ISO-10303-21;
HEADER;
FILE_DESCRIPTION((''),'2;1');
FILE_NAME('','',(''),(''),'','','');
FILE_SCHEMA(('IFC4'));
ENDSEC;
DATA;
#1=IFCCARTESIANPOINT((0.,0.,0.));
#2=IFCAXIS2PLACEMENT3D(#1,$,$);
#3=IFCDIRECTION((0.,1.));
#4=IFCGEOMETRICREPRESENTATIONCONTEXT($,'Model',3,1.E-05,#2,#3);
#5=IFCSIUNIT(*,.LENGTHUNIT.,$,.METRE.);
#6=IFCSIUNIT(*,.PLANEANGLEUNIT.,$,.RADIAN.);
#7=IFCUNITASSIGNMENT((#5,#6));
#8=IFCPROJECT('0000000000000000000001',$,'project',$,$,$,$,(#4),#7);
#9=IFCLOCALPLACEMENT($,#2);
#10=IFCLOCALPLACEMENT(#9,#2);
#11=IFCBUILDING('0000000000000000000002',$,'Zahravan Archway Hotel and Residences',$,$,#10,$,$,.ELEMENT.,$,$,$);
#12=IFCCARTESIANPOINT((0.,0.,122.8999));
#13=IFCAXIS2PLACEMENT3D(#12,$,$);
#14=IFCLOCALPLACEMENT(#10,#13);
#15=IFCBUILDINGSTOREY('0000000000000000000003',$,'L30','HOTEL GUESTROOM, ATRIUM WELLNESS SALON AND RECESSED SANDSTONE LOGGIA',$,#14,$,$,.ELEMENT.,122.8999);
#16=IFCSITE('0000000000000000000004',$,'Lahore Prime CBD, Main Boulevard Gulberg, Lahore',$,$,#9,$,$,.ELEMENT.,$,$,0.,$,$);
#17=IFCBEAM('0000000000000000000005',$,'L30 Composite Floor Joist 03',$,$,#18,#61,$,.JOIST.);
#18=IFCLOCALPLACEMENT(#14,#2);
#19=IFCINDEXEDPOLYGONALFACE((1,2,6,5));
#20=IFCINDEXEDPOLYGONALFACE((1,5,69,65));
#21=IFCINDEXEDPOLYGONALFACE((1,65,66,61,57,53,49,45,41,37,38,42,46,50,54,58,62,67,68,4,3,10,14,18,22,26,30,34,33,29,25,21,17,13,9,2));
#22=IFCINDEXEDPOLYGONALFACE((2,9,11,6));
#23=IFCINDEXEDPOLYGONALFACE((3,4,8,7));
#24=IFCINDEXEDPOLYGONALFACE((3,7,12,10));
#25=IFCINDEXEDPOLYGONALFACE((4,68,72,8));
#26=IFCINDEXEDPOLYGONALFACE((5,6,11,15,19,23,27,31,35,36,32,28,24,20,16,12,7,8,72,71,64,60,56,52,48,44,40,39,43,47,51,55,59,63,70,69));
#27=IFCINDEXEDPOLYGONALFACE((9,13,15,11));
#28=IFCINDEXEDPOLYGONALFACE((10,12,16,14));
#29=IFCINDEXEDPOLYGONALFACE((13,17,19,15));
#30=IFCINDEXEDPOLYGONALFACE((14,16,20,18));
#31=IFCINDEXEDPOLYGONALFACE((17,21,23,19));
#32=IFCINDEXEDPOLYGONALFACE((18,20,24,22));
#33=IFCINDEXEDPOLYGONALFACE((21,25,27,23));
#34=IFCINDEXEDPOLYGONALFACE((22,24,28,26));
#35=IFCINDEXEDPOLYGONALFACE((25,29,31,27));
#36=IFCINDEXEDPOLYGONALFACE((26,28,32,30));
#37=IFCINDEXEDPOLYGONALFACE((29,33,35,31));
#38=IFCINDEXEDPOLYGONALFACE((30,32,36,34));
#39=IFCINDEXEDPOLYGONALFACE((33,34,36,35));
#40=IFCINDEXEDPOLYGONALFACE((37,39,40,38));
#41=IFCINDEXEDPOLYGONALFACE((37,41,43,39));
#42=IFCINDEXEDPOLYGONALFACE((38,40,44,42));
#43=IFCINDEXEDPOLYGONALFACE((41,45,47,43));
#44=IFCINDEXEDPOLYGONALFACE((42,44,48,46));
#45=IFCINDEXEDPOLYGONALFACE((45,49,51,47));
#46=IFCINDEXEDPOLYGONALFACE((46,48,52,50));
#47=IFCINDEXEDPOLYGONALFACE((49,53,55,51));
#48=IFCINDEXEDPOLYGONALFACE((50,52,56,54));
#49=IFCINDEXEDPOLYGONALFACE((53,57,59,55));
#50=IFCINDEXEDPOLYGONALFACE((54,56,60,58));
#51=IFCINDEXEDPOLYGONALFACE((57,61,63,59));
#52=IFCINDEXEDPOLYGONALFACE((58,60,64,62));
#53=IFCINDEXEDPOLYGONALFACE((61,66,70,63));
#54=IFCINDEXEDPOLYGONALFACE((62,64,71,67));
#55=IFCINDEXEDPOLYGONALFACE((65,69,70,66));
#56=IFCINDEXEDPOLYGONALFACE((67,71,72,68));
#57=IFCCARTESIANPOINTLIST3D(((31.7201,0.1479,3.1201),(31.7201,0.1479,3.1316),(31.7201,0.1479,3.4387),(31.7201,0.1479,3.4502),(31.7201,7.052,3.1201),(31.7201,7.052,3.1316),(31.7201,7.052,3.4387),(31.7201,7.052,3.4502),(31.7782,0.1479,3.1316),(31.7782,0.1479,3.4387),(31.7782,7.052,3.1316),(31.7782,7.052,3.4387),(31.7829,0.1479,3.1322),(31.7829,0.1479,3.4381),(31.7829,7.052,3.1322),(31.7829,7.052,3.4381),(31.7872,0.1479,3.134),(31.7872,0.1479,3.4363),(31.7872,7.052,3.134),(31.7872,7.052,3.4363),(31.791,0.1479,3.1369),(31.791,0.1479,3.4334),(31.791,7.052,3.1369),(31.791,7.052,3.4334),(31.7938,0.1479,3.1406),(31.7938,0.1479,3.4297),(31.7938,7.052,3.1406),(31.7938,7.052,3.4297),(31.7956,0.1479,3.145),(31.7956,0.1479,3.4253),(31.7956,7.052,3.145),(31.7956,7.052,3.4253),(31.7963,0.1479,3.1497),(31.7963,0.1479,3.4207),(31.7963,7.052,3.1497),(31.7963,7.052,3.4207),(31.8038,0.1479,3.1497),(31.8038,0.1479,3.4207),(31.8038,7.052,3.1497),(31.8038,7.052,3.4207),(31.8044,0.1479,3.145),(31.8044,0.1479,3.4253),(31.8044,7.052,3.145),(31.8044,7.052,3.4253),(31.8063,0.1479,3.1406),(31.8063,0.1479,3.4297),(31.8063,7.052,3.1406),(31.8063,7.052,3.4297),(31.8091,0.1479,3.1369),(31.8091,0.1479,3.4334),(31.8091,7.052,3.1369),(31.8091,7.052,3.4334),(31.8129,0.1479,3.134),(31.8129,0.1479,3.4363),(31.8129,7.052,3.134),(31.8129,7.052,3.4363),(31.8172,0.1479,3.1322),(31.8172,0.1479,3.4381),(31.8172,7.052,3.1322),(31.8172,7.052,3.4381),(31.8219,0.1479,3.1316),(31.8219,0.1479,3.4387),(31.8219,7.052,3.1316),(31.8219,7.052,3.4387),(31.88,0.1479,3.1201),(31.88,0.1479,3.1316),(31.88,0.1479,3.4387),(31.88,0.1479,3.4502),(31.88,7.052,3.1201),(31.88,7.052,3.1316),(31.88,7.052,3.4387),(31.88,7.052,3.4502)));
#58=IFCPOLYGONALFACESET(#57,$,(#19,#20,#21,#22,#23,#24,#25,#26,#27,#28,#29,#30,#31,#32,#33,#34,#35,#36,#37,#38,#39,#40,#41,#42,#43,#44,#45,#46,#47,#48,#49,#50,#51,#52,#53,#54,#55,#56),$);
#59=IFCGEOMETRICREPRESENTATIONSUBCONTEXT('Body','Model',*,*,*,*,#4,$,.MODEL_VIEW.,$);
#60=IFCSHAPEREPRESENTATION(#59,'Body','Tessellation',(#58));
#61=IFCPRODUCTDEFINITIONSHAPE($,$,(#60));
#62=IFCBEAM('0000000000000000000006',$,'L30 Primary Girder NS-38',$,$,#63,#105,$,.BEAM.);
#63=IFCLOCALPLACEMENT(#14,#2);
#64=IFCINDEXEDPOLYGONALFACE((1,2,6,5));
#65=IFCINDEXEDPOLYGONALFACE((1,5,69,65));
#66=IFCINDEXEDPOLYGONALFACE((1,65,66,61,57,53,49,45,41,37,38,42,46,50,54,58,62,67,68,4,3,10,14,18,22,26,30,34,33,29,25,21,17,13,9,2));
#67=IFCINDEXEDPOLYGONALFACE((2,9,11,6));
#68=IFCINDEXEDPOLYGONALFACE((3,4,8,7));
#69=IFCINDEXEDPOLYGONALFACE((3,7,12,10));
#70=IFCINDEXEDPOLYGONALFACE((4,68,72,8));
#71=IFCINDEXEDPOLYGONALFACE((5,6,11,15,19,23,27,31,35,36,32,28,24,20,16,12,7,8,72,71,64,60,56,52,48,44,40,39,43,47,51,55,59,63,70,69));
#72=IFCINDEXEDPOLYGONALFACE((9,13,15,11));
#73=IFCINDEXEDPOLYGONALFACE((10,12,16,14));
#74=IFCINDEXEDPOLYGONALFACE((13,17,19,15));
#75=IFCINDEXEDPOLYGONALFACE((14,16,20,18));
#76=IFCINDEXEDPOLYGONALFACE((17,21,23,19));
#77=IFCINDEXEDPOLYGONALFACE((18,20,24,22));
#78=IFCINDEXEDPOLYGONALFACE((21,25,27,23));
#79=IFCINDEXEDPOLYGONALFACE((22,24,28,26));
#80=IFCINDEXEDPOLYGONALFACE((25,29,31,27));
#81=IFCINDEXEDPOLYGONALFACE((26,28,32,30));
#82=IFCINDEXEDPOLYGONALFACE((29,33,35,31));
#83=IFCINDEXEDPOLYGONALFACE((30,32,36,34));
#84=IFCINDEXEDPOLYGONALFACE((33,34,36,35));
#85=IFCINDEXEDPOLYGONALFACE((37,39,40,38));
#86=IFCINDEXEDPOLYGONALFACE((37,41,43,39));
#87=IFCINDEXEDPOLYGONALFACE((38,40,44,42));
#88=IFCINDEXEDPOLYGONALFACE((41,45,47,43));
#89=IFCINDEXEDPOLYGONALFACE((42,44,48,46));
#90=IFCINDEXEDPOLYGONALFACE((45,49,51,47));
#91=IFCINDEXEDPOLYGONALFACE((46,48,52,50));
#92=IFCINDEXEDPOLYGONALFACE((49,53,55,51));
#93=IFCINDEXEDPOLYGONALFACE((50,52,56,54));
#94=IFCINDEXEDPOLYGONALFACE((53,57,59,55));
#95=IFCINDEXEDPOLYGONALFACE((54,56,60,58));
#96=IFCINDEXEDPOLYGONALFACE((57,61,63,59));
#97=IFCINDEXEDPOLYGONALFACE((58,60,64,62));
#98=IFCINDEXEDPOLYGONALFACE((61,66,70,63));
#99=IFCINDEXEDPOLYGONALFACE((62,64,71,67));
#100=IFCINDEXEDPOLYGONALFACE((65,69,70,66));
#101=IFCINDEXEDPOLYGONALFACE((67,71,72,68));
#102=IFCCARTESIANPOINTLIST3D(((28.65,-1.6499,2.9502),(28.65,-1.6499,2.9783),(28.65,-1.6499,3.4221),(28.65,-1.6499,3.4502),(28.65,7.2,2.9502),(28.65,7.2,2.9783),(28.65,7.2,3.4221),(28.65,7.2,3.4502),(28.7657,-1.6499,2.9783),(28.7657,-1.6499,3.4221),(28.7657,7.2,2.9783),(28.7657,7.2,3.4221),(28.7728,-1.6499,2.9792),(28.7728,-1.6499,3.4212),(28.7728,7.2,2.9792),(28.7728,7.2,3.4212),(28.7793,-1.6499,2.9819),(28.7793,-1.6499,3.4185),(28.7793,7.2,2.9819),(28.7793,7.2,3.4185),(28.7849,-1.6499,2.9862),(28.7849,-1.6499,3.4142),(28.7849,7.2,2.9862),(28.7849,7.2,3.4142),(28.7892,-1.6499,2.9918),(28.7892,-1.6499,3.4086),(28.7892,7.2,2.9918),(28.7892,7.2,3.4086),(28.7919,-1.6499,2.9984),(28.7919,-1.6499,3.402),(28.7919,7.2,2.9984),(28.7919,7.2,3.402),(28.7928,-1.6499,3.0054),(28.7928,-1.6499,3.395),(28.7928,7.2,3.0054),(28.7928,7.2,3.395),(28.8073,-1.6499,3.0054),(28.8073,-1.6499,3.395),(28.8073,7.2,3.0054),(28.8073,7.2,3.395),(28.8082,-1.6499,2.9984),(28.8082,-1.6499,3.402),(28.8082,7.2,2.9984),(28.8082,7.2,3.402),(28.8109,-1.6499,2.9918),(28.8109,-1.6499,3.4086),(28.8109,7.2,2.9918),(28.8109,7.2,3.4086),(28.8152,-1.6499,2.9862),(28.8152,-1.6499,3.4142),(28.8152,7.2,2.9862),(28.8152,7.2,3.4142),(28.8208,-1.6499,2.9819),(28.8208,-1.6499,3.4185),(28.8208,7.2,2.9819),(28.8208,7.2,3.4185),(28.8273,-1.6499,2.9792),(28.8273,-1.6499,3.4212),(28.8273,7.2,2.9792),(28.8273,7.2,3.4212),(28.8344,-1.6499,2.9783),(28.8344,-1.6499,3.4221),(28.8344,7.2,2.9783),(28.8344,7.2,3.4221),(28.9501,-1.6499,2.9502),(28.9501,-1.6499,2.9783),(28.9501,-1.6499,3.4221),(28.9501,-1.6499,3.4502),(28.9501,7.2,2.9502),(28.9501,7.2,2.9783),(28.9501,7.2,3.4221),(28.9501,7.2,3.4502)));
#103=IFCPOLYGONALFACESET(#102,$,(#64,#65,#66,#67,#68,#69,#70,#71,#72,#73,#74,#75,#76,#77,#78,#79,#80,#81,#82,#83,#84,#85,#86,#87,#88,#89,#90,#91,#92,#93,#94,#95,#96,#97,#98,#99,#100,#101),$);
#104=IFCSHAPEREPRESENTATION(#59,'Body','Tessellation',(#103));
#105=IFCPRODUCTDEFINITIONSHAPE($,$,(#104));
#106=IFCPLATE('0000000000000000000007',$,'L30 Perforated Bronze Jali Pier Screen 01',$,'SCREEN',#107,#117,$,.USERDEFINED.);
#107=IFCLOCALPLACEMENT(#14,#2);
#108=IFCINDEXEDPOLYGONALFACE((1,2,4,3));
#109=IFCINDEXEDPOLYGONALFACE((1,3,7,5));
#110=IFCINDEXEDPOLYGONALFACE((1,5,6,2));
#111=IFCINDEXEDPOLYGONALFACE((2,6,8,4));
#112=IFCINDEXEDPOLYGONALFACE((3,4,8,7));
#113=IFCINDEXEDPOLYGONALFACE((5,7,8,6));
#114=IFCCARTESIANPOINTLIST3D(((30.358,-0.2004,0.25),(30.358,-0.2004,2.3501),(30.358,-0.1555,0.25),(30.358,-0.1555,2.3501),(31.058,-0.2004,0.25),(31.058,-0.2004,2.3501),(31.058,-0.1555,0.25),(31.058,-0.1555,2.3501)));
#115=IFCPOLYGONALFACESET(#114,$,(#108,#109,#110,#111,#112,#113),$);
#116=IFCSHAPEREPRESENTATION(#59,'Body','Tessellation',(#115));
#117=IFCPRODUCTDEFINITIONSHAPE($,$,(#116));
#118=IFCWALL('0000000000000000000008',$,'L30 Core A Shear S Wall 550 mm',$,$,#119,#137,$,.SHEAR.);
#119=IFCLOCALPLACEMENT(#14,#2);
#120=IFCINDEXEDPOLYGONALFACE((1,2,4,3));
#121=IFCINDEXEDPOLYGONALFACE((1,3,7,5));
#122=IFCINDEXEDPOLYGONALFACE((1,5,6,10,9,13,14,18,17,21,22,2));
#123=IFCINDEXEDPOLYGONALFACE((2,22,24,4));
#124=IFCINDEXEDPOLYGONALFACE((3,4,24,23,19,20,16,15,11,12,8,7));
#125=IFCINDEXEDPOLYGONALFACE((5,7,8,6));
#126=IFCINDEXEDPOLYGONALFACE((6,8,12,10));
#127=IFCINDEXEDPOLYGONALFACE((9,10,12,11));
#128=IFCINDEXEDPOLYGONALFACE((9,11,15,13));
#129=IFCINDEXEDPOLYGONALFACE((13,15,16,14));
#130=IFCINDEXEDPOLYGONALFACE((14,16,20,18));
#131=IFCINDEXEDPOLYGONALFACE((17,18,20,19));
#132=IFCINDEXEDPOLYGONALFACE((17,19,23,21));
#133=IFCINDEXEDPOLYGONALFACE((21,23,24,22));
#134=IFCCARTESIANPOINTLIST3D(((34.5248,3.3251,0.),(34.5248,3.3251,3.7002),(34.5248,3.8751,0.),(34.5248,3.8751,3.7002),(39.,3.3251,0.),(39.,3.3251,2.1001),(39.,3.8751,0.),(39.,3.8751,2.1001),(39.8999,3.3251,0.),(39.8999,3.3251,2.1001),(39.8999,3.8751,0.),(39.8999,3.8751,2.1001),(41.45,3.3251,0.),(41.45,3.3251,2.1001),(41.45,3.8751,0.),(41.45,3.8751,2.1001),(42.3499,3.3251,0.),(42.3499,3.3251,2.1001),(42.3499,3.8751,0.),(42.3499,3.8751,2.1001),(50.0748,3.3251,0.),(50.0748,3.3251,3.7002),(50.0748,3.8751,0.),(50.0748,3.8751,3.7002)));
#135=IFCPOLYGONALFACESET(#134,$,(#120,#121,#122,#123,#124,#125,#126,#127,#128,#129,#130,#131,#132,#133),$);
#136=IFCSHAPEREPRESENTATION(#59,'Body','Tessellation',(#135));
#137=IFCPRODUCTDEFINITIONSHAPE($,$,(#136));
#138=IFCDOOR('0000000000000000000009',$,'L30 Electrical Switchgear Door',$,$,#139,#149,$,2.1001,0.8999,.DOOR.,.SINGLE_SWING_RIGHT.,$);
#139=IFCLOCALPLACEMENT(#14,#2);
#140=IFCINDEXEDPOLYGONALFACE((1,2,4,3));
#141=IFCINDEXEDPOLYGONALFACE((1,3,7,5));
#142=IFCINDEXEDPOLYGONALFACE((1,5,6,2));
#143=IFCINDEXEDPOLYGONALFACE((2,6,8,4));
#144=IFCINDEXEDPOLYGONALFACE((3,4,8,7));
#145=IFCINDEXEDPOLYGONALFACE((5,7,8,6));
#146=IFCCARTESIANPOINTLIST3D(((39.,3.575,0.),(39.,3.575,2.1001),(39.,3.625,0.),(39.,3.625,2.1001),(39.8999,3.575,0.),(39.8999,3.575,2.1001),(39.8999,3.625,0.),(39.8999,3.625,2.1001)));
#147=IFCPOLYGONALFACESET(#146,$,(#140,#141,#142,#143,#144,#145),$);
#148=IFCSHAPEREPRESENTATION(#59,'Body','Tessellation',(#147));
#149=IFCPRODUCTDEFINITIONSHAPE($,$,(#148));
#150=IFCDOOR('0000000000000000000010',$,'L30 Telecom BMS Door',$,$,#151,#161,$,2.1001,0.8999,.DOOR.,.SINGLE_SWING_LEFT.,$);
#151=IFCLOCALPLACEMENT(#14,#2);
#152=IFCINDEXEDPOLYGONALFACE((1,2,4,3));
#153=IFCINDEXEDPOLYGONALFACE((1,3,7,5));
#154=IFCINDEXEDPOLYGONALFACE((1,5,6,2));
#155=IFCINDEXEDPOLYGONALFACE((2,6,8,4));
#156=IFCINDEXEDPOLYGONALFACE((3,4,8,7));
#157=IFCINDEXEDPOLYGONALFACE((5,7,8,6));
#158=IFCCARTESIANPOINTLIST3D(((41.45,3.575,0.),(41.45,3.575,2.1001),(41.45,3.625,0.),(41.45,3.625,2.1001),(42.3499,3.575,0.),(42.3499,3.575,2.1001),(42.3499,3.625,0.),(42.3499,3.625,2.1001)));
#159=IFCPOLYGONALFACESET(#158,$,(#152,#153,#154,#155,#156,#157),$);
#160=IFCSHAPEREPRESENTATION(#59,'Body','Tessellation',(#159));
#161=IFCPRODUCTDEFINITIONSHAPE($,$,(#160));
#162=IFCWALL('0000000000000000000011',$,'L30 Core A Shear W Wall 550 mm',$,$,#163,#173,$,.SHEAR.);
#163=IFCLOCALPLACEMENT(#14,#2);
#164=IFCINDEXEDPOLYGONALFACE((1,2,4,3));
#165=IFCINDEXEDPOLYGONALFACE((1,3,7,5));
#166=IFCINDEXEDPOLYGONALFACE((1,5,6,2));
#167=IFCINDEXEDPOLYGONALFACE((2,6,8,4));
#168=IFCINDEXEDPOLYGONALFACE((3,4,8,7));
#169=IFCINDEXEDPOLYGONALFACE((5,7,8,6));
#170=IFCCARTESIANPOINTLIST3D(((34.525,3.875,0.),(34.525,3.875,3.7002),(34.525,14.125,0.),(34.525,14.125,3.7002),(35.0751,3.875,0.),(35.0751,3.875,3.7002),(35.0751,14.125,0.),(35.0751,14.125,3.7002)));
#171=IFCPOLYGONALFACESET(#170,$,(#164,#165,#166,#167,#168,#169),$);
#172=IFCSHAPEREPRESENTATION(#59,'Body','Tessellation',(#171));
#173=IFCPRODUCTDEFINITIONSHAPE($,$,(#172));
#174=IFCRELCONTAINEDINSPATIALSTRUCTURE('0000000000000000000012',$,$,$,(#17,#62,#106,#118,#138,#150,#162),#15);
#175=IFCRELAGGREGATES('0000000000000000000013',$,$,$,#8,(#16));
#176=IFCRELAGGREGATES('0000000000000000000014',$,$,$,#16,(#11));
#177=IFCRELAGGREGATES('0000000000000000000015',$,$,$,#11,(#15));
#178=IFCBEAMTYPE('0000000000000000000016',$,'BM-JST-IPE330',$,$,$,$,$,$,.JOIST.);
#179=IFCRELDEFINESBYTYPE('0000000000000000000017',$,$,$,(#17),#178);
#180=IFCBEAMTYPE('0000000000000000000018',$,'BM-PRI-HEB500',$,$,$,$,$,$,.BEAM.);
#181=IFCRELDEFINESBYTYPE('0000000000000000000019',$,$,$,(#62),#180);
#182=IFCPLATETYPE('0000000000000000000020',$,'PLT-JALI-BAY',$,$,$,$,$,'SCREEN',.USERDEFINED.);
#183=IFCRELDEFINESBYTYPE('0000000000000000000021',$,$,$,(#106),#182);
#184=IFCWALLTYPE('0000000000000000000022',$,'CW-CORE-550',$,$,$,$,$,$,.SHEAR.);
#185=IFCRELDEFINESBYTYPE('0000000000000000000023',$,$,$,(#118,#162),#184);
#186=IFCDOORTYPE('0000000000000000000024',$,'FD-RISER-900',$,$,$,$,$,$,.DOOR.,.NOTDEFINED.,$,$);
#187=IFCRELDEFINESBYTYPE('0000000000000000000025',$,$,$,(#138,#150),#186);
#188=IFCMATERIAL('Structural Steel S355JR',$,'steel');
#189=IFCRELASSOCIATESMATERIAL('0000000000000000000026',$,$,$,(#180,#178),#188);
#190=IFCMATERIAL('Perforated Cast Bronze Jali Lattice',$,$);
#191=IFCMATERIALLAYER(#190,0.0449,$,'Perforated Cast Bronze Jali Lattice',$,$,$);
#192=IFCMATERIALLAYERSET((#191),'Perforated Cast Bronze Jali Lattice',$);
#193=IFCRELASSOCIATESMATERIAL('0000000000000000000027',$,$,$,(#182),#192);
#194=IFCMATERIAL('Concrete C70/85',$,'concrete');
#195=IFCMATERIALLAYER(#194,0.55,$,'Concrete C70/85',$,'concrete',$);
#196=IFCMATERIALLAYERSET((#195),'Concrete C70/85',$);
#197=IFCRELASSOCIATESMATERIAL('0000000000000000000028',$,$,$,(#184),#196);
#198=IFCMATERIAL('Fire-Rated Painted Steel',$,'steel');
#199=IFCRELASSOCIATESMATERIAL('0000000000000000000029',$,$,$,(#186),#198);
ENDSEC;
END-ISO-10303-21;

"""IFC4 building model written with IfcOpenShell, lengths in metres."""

from ifc_helpers import new_model, si_unit, direction, frame, frame_2d, origin, origin_2d, place, context, subcontext, project, spatial, rectangle, i_section, extrude, source, transform, mapped, material, layer, layer_set, material_profile, profile_set, type_object, type_shapes, element, fill, save


model = new_model("IFC4")

# Units and contexts
model_context = context("Model", 3, precision=1e-05, world=origin(), true_north=direction((0.0, 1.0)))
body_context = subcontext(model_context, "Body", "Model", "MODEL_VIEW")
ifc_project = project(units=[si_unit("LENGTHUNIT", "METRE"), si_unit("PLANEANGLEUNIT", "RADIAN")], contexts=[model_context])

# Site, building, storey
site_placement = place(None, origin())
site = spatial("IfcSite", under=ifc_project, at=site_placement, Name="Lahore Prime CBD, Main Boulevard Gulberg, Lahore", CompositionType="ELEMENT", RefElevation=0.0)
building_placement = place(site_placement, origin())
building = spatial("IfcBuilding", under=site, at=building_placement, Name="Zahravan Archway Hotel and Residences", CompositionType="ELEMENT")
storey_placement = place(building_placement, frame((0.0, 0.0, 122.8999)))
storey = spatial("IfcBuildingStorey", under=building, at=storey_placement, Name="L30", Description="HOTEL GUESTROOM, ATRIUM WELLNESS SALON AND RECESSED SANDSTONE LOGGIA", CompositionType="ELEMENT", Elevation=122.8999)

# Beams
ifc_material_1 = material(Name="Structural Steel S355JR", Category="steel")
ifc_material_profile_1 = material_profile(ifc_material_1, i_section(OverallWidth=0.3, OverallDepth=0.5, WebThickness=0.0144, FlangeThickness=0.0281, FilletRadius=0.0271, at=origin_2d()), Name="HEB 500", Category="steel")
ifc_profile_set_1 = profile_set([ifc_material_profile_1], Name="Structural Steel S355JR")
beam_type_1 = type_object("IfcBeamType", Name="BM-PRI-HEB500", PredefinedType="BEAM", material=ifc_profile_set_1)
ifc_material_profile_2 = material_profile(ifc_material_1, i_section(OverallWidth=0.1599, OverallDepth=0.3301, WebThickness=0.0076, FlangeThickness=0.0115, FilletRadius=0.0181, at=origin_2d()), Name="IPE 330", Category="steel")
ifc_profile_set_2 = profile_set([ifc_material_profile_2], Name="Structural Steel S355JR")
beam_type_2 = type_object("IfcBeamType", Name="BM-JST-IPE330", PredefinedType="JOIST", material=ifc_profile_set_2)
shared_shape_1 = source(origin(), body_context, "Body", "SweptSolid", [
    extrude(i_section(OverallWidth=0.1599, OverallDepth=0.3301, WebThickness=0.0076, FlangeThickness=0.0115, FilletRadius=0.0181, at=origin_2d()), origin(), (0.0, 0.0, 1.0), 6.9041),
])
type_shapes(beam_type_2, [shared_shape_1])
for number, where, z_axis, x_axis, name in (
    (1, (31.8, 0.1479, 3.2852), (0.0, 1.0, 0.0), (-1.0, 0.0, 0.0), "L30 Composite Floor Joist 03"),
):
    element("IfcBeam", number, at=place(storey_placement, frame(where, z_axis=z_axis, x_axis=x_axis)), inside=storey, type_object=beam_type_2, Name=name, PredefinedType="JOIST", context=body_context, shape_type="MappedRepresentation", body=[
        mapped(shared_shape_1, transform((0.0, 0.0, 0.0), scale=1.0)),
    ])
shared_shape_2 = source(origin(), body_context, "Body", "SweptSolid", [
    extrude(i_section(OverallWidth=0.3, OverallDepth=0.5, WebThickness=0.0144, FlangeThickness=0.0281, FilletRadius=0.0271, at=origin_2d()), origin(), (0.0, 0.0, 1.0), 8.8499),
])
beam_1_placement = place(storey_placement, frame((28.8, -1.6499, 3.2002), z_axis=(0.0, 1.0, 0.0), x_axis=(-1.0, 0.0, 0.0)))
element("IfcBeam", 2, at=beam_1_placement, inside=storey, type_object=beam_type_1, Name="L30 Primary Girder NS-38", PredefinedType="BEAM", context=body_context, shape_type="MappedRepresentation", body=[
    mapped(shared_shape_2, transform((0.0, 0.0, 0.0), scale=1.0)),
])

# Plate
ifc_material_2 = material(Name="Perforated Cast Bronze Jali Lattice")
ifc_layer_1 = layer(ifc_material_2, 0.0449, Name="Perforated Cast Bronze Jali Lattice")
ifc_layer_set_1 = layer_set([ifc_layer_1], Name="Perforated Cast Bronze Jali Lattice")
plate_type = type_object("IfcPlateType", Name="PLT-JALI-BAY", ElementType="SCREEN", PredefinedType="USERDEFINED", material=ifc_layer_set_1)
shared_shape_3 = source(origin(), body_context, "Body", "SweptSolid", [
    extrude(rectangle(XDim=0.7, YDim=0.0449, at=origin_2d()), origin(), (0.0, 0.0, 1.0), 2.1001),
])
type_shapes(plate_type, [shared_shape_3])
plate_placement = place(storey_placement, frame((30.708, -0.178, 0.25), z_axis=(0.0, 0.0, 1.0), x_axis=(1.0, 0.0, 0.0)))
element("IfcPlate", 3, at=plate_placement, inside=storey, type_object=plate_type, Name="L30 Perforated Bronze Jali Pier Screen 01", ObjectType="SCREEN", PredefinedType="USERDEFINED", context=body_context, shape_type="MappedRepresentation", body=[
    mapped(shared_shape_3, transform((0.0, 0.0, 0.0), scale=1.0)),
])

# Wall, openings, doors
ifc_material_3 = material(Name="Concrete C70/85", Category="concrete")
ifc_layer_2 = layer(ifc_material_3, 0.55, Name="Concrete C70/85", Category="concrete")
ifc_layer_set_2 = layer_set([ifc_layer_2], Name="Concrete C70/85")
wall_type_1 = type_object("IfcWallType", Name="CW-CORE-550", PredefinedType="SHEAR", material=ifc_layer_set_2)
wall_1_placement = place(storey_placement, frame((34.5249, 3.6001, 0.0), z_axis=(0.0, 0.0, 1.0), x_axis=(1.0, 0.0, 0.0)))
wall_1 = element("IfcWall", 4, at=wall_1_placement, inside=storey, type_object=wall_type_1, Name="L30 Core A Shear S Wall 550 mm", PredefinedType="SHEAR", context=body_context, shape_type="SweptSolid", body=[
    extrude(rectangle(XDim=15.55, YDim=0.55, at=frame_2d((7.7749, 0.0))), origin(), (0.0, 0.0, 1.0), 3.7002),
])
opening_1_placement = place(wall_1_placement, frame((4.4751, 0.0, 0.0)))
opening_1 = element("IfcOpeningElement", 5, at=opening_1_placement, cuts=wall_1, PredefinedType="OPENING", context=body_context, shape_type="SweptSolid", body=[
    extrude(rectangle(XDim=0.8999, YDim=2.1001, at=frame_2d((0.45, 1.05))), frame((0.0, 0.2852, 0.0), z_axis=(0.0, -1.0, 0.0), x_axis=(1.0, 0.0, 0.0)), (0.0, 0.0, 1.0), 0.5701),
])
opening_2_placement = place(wall_1_placement, frame((6.925, 0.0, 0.0)))
opening_2 = element("IfcOpeningElement", 6, at=opening_2_placement, cuts=wall_1, PredefinedType="OPENING", context=body_context, shape_type="SweptSolid", body=[
    extrude(rectangle(XDim=0.8999, YDim=2.1001, at=frame_2d((0.45, 1.05))), frame((0.0, 0.2852, 0.0), z_axis=(0.0, -1.0, 0.0), x_axis=(1.0, 0.0, 0.0)), (0.0, 0.0, 1.0), 0.5701),
])
ifc_material_4 = material(Name="Fire-Rated Painted Steel", Category="steel")
door_type_1 = type_object("IfcDoorType", Name="FD-RISER-900", OperationType="NOTDEFINED", PredefinedType="DOOR", material=ifc_material_4)
shared_shape_4 = source(origin(), body_context, "Body", "SweptSolid", [
    extrude(rectangle(XDim=0.8999, YDim=2.1001, at=frame_2d((0.45, 1.05))), frame((0.0, 0.0249, 0.0), z_axis=(0.0, -1.0, 0.0), x_axis=(1.0, 0.0, 0.0)), (0.0, 0.0, 1.0), 0.05),
])
type_shapes(door_type_1, [shared_shape_4])
door_1_placement = place(opening_1_placement, origin())
door_1 = element("IfcDoor", 7, at=door_1_placement, inside=storey, type_object=door_type_1, Name="L30 Electrical Switchgear Door", OperationType="SINGLE_SWING_RIGHT", OverallHeight=2.1001, OverallWidth=0.8999, PredefinedType="DOOR", context=body_context, shape_type="MappedRepresentation", body=[
    mapped(shared_shape_4, transform((0.0, 0.0, 0.0), scale=1.0)),
])
fill(opening_1, door_1)
door_2_placement = place(opening_2_placement, origin())
door_2 = element("IfcDoor", 8, at=door_2_placement, inside=storey, type_object=door_type_1, Name="L30 Telecom BMS Door", OperationType="SINGLE_SWING_LEFT", OverallHeight=2.1001, OverallWidth=0.8999, PredefinedType="DOOR", context=body_context, shape_type="MappedRepresentation", body=[
    mapped(shared_shape_4, transform((0.0, 0.0, 0.0), scale=1.0)),
])
fill(opening_2, door_2)

# Wall
wall_2_placement = place(storey_placement, frame((34.8, 3.875, 0.0), z_axis=(0.0, 0.0, 1.0), x_axis=(0.0, 1.0, 0.0)))
element("IfcWall", 9, at=wall_2_placement, inside=storey, type_object=wall_type_1, Name="L30 Core A Shear W Wall 550 mm", PredefinedType="SHEAR", context=body_context, shape_type="SweptSolid", body=[
    extrude(rectangle(XDim=10.25, YDim=0.55, at=frame_2d((5.125, 0.0))), origin(), (0.0, 0.0, 1.0), 3.7002),
])

save(model, "model.ifc")
